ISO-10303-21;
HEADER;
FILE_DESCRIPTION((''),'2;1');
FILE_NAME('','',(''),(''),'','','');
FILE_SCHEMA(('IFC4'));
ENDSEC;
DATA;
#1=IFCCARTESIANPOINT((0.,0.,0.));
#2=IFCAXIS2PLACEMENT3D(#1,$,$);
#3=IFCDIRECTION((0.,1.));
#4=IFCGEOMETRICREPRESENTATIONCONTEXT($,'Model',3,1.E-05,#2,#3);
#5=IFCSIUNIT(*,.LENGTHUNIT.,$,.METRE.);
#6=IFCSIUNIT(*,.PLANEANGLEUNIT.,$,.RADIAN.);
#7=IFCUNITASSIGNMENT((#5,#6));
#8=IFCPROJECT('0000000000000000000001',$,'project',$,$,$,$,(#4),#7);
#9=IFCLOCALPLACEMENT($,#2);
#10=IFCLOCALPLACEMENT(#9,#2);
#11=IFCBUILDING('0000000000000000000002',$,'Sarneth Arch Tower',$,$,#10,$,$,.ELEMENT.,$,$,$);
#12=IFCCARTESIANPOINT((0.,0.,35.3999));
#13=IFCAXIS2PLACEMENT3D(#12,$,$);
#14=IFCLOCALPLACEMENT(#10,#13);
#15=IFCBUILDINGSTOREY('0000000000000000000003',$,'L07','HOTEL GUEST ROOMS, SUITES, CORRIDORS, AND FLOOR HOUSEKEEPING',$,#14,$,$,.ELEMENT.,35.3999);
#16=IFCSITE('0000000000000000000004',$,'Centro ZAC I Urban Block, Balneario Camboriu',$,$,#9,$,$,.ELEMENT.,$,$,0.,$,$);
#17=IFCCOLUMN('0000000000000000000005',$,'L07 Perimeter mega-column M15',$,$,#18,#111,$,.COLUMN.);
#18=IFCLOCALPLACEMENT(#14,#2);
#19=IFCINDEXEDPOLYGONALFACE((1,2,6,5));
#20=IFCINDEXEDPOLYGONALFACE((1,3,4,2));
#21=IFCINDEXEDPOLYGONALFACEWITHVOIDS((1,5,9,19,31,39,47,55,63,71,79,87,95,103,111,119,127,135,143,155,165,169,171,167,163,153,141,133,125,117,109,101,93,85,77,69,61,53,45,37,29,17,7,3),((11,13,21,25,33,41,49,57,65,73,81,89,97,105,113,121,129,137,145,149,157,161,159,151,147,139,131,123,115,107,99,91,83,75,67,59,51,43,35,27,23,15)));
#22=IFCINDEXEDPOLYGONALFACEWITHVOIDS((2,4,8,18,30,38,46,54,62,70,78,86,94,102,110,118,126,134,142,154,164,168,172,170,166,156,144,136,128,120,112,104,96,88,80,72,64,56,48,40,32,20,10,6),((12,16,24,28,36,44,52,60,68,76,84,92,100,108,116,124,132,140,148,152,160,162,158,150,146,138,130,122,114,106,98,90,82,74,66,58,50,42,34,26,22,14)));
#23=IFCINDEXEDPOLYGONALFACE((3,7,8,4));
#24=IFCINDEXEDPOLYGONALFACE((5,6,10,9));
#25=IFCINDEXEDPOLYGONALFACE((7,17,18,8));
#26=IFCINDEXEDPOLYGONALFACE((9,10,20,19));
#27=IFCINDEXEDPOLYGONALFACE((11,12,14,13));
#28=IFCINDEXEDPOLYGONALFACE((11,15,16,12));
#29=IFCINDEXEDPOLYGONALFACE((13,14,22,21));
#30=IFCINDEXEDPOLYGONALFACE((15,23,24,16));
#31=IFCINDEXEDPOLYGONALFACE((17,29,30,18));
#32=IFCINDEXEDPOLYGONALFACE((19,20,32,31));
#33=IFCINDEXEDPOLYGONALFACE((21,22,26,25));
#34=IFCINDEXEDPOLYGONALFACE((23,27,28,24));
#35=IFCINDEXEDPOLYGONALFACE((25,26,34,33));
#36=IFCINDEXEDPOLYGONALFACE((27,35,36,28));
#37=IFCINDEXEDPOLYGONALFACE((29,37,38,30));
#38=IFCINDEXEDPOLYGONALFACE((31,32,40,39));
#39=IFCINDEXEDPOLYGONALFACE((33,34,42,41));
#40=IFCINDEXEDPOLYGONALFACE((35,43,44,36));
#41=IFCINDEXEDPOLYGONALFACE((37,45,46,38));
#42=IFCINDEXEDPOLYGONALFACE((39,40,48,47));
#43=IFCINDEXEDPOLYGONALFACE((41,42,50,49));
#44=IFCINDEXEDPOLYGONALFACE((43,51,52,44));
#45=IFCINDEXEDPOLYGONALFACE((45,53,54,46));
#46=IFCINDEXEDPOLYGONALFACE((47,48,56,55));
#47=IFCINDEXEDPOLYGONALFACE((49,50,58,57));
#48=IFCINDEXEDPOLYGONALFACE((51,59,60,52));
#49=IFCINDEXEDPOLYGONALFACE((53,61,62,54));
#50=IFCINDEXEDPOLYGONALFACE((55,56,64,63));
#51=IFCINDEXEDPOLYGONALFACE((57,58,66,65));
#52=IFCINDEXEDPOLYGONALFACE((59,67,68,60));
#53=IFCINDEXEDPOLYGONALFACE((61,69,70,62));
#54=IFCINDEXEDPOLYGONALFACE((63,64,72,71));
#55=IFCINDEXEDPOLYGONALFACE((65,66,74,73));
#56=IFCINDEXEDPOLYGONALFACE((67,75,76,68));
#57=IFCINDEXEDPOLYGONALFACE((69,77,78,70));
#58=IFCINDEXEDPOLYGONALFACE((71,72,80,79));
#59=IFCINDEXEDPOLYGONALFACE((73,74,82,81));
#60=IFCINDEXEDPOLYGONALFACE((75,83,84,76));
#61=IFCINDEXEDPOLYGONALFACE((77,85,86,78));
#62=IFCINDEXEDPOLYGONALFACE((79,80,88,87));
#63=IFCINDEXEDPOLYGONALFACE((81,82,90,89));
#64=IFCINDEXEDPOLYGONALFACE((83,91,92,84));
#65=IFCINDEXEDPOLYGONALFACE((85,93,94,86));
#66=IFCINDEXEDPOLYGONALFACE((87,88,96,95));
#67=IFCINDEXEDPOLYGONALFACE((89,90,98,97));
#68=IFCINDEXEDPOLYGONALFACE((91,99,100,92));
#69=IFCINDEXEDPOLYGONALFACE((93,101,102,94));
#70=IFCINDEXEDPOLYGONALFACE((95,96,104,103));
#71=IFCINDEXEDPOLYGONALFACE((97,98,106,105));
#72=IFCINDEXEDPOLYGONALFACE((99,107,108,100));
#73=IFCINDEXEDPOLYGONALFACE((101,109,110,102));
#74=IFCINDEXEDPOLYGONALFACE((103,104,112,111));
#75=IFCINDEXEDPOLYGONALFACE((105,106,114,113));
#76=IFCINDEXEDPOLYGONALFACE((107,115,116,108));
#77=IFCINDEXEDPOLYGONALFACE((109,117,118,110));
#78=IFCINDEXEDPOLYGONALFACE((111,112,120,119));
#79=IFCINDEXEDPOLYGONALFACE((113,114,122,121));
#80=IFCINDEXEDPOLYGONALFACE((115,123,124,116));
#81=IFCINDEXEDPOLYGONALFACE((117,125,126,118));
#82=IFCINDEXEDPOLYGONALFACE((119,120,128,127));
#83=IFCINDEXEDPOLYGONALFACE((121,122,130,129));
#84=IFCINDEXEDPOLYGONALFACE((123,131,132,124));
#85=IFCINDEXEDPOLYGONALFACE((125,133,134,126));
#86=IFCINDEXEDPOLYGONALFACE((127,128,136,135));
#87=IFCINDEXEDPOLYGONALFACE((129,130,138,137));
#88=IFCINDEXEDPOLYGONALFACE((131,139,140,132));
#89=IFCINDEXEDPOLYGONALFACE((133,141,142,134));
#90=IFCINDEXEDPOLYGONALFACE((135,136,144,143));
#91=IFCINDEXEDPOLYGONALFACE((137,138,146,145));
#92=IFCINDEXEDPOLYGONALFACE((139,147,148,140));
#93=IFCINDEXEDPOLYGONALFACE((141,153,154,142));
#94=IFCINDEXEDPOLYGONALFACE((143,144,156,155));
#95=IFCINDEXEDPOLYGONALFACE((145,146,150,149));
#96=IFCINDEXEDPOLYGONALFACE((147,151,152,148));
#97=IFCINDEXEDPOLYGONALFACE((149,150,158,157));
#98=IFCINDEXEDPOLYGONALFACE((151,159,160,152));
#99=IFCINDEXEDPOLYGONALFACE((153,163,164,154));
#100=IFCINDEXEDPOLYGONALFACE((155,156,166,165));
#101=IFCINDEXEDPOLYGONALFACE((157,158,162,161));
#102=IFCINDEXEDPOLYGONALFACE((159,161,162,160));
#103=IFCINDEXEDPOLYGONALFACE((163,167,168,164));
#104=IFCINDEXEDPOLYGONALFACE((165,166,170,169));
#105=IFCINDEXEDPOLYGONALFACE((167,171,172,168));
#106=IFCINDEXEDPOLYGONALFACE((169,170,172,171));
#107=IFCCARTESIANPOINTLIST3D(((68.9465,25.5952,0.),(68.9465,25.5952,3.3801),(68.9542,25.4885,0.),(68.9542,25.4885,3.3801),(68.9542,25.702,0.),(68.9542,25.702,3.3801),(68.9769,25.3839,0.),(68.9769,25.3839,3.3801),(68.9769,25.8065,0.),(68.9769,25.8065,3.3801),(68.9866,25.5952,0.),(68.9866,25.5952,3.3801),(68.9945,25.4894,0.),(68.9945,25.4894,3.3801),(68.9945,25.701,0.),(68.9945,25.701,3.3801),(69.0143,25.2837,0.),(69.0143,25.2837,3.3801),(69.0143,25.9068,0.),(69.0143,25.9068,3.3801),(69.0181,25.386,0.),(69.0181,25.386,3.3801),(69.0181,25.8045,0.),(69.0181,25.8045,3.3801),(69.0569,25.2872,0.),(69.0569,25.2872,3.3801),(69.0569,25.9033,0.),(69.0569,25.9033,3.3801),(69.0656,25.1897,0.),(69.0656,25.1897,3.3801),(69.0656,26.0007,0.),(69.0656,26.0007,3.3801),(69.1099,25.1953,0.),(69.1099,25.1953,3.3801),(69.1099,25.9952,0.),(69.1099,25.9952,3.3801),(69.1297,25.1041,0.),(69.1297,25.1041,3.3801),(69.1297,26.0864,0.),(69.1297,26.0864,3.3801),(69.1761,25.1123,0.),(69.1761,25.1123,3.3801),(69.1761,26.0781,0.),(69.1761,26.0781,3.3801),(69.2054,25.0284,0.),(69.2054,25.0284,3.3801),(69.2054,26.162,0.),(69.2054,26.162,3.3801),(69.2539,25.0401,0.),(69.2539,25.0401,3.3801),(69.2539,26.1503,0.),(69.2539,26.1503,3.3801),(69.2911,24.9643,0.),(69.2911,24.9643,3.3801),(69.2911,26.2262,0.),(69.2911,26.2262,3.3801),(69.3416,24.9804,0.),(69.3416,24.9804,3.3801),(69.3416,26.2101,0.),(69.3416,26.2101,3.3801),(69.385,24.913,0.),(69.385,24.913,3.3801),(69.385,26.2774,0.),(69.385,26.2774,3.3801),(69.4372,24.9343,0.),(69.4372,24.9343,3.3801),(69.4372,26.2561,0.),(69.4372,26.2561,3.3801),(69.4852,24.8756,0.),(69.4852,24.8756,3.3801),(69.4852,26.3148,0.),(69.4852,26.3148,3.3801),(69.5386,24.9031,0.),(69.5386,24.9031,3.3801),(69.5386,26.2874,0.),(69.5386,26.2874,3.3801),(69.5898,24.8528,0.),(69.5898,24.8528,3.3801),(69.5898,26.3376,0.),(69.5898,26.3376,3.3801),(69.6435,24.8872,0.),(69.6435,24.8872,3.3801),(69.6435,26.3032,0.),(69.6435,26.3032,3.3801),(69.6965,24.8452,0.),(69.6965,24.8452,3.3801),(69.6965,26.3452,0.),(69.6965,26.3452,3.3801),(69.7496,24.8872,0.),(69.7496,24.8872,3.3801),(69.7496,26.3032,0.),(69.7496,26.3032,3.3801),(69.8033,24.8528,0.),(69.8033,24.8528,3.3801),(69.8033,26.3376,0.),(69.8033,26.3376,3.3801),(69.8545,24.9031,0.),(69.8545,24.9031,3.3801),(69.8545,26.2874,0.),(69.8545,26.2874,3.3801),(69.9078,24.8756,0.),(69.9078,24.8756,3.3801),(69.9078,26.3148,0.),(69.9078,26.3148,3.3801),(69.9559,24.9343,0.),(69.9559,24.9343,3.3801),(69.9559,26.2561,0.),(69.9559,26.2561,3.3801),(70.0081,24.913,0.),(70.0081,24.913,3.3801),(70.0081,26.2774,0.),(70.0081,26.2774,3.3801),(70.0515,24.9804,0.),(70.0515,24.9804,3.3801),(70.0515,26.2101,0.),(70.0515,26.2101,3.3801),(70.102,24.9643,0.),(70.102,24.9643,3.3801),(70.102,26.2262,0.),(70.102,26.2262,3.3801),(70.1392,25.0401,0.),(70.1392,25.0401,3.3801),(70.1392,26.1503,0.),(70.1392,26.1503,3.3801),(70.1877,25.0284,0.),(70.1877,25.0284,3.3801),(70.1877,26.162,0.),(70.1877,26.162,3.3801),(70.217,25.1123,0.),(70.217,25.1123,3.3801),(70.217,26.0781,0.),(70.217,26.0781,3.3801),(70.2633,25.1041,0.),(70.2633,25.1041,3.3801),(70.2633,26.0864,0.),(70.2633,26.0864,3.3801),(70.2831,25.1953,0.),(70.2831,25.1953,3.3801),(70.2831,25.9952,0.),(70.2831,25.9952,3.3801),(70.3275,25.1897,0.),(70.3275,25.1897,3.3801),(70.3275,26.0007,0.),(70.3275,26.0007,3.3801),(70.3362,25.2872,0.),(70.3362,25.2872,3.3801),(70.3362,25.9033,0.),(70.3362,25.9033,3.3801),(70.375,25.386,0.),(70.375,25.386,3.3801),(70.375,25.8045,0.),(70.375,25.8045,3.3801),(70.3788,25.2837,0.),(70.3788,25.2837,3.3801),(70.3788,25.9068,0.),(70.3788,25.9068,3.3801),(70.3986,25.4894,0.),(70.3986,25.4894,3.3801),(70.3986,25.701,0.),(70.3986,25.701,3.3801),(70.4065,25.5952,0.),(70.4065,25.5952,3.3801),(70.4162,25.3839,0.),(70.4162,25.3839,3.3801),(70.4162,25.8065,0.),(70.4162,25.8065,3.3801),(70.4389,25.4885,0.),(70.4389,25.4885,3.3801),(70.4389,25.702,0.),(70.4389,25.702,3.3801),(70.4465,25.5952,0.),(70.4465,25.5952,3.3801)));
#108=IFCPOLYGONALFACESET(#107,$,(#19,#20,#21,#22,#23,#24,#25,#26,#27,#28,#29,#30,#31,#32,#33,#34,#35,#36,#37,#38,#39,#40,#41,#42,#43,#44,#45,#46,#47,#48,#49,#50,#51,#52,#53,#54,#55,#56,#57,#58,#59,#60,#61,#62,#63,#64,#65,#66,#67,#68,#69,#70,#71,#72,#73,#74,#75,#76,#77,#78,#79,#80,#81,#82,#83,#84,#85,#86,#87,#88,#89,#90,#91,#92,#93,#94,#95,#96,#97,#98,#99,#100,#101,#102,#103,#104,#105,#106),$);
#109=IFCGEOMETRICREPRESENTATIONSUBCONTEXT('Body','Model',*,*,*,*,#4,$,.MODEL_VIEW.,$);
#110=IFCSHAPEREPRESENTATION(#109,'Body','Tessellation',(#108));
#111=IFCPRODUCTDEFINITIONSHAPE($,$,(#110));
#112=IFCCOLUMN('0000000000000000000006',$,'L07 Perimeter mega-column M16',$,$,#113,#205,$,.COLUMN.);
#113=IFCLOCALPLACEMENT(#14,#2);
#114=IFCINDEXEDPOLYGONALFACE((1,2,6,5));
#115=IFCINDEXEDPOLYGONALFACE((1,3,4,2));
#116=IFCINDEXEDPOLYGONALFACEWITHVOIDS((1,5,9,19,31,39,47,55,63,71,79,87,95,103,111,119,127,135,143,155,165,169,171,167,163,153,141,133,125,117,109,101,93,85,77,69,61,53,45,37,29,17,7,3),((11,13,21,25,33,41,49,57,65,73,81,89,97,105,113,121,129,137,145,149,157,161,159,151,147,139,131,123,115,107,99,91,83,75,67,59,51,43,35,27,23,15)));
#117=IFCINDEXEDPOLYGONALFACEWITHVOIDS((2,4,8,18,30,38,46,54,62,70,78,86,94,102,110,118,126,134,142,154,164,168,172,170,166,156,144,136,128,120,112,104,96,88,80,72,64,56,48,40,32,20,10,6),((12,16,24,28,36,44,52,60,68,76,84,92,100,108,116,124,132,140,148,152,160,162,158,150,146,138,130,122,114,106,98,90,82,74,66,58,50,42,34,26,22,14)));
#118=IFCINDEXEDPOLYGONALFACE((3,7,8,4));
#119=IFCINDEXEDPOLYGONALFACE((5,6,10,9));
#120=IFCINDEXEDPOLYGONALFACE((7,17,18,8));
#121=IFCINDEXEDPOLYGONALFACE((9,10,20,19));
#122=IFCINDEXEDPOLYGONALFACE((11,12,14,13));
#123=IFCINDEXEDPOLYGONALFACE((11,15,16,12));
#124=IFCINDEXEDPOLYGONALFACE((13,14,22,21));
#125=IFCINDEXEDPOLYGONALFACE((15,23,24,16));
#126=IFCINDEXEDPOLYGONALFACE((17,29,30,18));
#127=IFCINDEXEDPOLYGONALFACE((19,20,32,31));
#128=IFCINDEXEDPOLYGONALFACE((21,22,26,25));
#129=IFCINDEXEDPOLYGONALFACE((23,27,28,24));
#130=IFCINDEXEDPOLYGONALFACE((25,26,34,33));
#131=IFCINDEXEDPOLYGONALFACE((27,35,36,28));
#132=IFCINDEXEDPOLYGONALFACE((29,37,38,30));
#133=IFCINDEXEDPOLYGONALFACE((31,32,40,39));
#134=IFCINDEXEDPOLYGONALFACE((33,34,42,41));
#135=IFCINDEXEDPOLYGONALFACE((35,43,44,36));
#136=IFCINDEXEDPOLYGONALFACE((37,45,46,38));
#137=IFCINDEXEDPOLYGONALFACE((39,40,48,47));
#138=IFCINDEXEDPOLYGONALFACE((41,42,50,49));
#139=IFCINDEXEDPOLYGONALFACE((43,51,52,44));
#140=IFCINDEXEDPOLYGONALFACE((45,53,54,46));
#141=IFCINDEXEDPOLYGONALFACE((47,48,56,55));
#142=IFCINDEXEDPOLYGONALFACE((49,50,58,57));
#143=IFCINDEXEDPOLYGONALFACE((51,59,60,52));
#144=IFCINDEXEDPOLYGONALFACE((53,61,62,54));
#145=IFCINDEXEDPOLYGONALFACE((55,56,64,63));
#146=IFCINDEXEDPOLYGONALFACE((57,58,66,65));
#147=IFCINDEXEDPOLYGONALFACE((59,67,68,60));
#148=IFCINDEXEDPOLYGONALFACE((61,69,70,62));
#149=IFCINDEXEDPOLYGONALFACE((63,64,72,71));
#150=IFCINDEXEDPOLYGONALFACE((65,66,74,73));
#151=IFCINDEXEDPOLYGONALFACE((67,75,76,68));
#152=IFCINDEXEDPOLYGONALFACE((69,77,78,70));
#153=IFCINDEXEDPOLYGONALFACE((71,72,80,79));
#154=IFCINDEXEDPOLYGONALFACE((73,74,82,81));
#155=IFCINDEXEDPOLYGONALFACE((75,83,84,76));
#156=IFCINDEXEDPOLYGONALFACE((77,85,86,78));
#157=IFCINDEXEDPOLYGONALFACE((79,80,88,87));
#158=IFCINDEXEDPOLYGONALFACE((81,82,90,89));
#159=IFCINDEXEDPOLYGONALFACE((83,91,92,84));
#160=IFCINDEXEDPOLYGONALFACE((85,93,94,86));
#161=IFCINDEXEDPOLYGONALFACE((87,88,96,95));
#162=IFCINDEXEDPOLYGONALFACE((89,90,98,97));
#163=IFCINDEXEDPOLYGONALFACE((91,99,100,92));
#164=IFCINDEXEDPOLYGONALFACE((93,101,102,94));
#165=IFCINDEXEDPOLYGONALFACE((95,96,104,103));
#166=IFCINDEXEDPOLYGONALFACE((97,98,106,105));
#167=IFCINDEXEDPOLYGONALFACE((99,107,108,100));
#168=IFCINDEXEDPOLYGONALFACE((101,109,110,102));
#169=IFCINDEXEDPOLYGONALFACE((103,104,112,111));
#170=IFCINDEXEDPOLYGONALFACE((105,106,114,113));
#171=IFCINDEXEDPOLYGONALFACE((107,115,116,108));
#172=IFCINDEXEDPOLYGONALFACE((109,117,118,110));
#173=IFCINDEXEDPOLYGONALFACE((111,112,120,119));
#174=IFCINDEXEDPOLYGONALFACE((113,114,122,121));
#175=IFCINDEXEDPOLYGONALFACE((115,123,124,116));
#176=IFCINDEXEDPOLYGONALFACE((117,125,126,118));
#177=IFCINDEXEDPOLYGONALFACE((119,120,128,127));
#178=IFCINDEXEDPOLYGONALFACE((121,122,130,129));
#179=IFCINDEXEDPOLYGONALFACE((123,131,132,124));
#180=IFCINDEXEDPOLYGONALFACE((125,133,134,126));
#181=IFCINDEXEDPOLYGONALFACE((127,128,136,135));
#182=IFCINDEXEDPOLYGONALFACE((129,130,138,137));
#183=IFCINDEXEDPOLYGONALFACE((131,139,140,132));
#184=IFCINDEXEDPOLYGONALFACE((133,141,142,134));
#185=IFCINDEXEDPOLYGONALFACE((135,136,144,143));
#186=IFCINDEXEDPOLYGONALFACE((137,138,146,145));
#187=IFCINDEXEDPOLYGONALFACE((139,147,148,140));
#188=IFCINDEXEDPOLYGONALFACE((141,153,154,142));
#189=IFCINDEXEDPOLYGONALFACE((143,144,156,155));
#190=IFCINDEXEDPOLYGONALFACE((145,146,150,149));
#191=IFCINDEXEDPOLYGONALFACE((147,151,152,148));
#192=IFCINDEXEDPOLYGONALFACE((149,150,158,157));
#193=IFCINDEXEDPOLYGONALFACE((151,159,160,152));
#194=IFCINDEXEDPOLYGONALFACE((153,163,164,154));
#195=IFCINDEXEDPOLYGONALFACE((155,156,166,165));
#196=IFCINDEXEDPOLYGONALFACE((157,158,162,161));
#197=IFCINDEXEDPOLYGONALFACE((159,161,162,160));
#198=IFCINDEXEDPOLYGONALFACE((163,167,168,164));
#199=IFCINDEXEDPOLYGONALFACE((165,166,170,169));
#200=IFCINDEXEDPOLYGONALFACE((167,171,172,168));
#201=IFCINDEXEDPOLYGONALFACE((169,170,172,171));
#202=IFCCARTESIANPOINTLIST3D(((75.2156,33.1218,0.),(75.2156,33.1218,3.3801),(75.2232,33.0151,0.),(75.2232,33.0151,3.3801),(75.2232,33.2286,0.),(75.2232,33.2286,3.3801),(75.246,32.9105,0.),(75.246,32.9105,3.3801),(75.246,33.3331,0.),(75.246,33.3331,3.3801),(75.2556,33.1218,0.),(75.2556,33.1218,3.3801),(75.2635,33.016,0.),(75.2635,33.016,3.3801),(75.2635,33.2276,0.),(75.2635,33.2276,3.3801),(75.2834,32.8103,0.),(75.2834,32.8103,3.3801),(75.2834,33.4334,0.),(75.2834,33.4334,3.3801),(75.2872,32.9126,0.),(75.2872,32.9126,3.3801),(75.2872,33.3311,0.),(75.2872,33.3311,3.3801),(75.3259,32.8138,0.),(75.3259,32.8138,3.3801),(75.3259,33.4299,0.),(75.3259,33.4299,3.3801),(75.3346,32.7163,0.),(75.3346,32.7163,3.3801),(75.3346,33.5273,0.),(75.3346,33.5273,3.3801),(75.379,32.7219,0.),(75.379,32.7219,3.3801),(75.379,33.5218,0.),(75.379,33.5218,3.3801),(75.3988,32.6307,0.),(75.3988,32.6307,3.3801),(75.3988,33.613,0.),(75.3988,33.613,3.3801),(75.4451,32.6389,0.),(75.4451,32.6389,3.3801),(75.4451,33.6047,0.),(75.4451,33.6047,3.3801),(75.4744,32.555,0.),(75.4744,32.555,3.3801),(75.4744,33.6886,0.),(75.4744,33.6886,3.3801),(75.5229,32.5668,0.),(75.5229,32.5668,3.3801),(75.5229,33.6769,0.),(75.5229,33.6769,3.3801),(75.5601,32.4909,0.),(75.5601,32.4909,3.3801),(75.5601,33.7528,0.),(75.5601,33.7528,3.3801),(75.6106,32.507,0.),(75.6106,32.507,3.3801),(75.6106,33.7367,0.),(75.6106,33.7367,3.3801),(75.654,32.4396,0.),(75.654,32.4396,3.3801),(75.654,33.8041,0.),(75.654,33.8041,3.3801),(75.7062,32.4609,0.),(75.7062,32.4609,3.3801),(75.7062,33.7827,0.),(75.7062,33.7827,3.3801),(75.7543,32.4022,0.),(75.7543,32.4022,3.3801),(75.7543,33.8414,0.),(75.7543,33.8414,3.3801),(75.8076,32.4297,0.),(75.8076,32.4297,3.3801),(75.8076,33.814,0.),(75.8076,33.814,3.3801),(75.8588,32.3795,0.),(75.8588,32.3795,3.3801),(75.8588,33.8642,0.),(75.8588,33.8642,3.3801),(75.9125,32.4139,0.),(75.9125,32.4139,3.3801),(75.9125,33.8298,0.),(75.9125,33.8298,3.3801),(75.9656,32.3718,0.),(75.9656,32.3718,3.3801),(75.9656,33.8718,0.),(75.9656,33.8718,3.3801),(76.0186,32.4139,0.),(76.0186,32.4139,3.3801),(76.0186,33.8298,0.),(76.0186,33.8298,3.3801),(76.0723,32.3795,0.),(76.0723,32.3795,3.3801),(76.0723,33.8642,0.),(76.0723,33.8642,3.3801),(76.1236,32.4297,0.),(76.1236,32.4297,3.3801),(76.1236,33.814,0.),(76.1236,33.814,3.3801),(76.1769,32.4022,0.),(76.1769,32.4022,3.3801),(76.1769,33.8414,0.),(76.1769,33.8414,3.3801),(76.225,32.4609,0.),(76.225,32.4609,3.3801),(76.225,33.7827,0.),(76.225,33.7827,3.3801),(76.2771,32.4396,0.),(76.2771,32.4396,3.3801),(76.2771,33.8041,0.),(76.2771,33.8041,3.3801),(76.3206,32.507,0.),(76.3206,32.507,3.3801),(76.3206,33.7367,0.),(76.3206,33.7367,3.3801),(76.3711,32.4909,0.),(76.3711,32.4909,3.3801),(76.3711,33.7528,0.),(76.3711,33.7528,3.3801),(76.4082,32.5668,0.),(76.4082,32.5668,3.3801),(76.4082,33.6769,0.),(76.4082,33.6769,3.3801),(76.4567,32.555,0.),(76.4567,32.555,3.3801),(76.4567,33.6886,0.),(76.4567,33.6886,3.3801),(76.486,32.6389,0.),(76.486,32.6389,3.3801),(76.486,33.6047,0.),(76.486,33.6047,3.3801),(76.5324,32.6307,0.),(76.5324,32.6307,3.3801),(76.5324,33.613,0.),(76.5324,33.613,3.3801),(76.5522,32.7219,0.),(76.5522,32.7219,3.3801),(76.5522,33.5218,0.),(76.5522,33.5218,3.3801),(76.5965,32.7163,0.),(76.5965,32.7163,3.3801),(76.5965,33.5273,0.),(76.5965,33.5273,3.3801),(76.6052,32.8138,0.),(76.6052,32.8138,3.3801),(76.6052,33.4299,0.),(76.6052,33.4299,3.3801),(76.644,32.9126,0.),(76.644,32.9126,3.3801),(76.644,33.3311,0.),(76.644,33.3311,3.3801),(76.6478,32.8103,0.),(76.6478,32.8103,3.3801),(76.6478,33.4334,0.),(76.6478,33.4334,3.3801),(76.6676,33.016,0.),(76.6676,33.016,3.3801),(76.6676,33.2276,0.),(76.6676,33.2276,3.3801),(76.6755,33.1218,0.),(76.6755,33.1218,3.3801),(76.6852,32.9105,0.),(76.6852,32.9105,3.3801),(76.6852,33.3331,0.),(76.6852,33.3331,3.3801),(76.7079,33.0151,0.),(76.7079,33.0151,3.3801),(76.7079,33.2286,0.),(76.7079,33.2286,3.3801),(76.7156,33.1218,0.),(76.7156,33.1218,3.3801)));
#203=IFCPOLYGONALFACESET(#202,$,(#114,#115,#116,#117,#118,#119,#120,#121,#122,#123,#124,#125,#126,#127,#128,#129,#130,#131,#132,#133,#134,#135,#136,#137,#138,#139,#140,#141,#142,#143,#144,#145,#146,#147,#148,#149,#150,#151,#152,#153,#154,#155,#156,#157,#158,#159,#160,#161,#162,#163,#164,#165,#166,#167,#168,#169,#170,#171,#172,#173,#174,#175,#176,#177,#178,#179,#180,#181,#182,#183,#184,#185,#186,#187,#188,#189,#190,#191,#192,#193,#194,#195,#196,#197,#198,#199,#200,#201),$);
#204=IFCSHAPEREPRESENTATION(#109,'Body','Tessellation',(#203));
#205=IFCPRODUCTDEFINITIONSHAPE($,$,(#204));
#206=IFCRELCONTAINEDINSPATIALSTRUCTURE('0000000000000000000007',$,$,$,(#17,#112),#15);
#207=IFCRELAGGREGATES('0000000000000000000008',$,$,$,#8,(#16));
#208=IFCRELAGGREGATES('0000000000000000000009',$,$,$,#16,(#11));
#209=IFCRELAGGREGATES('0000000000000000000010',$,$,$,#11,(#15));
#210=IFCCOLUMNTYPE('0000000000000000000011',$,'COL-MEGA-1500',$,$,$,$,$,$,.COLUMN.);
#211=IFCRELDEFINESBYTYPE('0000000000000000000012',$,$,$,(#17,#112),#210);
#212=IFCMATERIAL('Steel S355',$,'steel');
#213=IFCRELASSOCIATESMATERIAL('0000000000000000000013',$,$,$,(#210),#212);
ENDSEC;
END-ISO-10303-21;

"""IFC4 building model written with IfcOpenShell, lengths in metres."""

from ifc_helpers import new_model, si_unit, direction, frame, origin, origin_2d, place, context, subcontext, project, spatial, hollow_circle, extrude, material, material_profile, profile_set, type_object, element, save


model = new_model("IFC4")

# Units and contexts
model_context = context("Model", 3, precision=1e-05, world=origin(), true_north=direction((0.0, 1.0)))
body_context = subcontext(model_context, "Body", "Model", "MODEL_VIEW")
ifc_project = project(units=[si_unit("LENGTHUNIT", "METRE"), si_unit("PLANEANGLEUNIT", "RADIAN")], contexts=[model_context])

# Site, building, storey
site_placement = place(None, origin())
site = spatial("IfcSite", under=ifc_project, at=site_placement, Name="Centro ZAC I Urban Block, Balneario Camboriu", CompositionType="ELEMENT", RefElevation=0.0)
building_placement = place(site_placement, origin())
building = spatial("IfcBuilding", under=site, at=building_placement, Name="Sarneth Arch Tower", CompositionType="ELEMENT")
storey_placement = place(building_placement, frame((0.0, 0.0, 35.3999)))
storey = spatial("IfcBuildingStorey", under=building, at=storey_placement, Name="L07", Description="HOTEL GUEST ROOMS, SUITES, CORRIDORS, AND FLOOR HOUSEKEEPING", CompositionType="ELEMENT", Elevation=35.3999)

# Columns
ifc_material_1 = material(Name="Steel S355", Category="steel")
ifc_material_profile_1 = material_profile(ifc_material_1, hollow_circle(Radius=0.75, WallThickness=0.04, at=origin_2d()), Name="CHS1500x40")
ifc_profile_set_1 = profile_set([ifc_material_profile_1], Name="Steel S355")
column_type = type_object("IfcColumnType", Name="COL-MEGA-1500", PredefinedType="COLUMN", material=ifc_profile_set_1)
for number, where, z_axis, x_axis, name in (
    (1, (69.6965, 25.5952, 0.0), (0.0, 0.0, 1.0), (1.0, 0.0, 0.0), "L07 Perimeter mega-column M15"),
    (2, (75.9656, 33.1218, 0.0), (0.0, 0.0, 1.0), (1.0, 0.0, 0.0), "L07 Perimeter mega-column M16"),
):
    element("IfcColumn", number, at=place(storey_placement, frame(where, z_axis=z_axis, x_axis=x_axis)), inside=storey, type_object=column_type, Name=name, PredefinedType="COLUMN", context=body_context, shape_type="SweptSolid", body=[
        extrude(hollow_circle(Radius=0.75, WallThickness=0.04, at=origin_2d()), origin(), (0.0, 0.0, 1.0), 3.3801),
    ])

save(model, "model.ifc")
